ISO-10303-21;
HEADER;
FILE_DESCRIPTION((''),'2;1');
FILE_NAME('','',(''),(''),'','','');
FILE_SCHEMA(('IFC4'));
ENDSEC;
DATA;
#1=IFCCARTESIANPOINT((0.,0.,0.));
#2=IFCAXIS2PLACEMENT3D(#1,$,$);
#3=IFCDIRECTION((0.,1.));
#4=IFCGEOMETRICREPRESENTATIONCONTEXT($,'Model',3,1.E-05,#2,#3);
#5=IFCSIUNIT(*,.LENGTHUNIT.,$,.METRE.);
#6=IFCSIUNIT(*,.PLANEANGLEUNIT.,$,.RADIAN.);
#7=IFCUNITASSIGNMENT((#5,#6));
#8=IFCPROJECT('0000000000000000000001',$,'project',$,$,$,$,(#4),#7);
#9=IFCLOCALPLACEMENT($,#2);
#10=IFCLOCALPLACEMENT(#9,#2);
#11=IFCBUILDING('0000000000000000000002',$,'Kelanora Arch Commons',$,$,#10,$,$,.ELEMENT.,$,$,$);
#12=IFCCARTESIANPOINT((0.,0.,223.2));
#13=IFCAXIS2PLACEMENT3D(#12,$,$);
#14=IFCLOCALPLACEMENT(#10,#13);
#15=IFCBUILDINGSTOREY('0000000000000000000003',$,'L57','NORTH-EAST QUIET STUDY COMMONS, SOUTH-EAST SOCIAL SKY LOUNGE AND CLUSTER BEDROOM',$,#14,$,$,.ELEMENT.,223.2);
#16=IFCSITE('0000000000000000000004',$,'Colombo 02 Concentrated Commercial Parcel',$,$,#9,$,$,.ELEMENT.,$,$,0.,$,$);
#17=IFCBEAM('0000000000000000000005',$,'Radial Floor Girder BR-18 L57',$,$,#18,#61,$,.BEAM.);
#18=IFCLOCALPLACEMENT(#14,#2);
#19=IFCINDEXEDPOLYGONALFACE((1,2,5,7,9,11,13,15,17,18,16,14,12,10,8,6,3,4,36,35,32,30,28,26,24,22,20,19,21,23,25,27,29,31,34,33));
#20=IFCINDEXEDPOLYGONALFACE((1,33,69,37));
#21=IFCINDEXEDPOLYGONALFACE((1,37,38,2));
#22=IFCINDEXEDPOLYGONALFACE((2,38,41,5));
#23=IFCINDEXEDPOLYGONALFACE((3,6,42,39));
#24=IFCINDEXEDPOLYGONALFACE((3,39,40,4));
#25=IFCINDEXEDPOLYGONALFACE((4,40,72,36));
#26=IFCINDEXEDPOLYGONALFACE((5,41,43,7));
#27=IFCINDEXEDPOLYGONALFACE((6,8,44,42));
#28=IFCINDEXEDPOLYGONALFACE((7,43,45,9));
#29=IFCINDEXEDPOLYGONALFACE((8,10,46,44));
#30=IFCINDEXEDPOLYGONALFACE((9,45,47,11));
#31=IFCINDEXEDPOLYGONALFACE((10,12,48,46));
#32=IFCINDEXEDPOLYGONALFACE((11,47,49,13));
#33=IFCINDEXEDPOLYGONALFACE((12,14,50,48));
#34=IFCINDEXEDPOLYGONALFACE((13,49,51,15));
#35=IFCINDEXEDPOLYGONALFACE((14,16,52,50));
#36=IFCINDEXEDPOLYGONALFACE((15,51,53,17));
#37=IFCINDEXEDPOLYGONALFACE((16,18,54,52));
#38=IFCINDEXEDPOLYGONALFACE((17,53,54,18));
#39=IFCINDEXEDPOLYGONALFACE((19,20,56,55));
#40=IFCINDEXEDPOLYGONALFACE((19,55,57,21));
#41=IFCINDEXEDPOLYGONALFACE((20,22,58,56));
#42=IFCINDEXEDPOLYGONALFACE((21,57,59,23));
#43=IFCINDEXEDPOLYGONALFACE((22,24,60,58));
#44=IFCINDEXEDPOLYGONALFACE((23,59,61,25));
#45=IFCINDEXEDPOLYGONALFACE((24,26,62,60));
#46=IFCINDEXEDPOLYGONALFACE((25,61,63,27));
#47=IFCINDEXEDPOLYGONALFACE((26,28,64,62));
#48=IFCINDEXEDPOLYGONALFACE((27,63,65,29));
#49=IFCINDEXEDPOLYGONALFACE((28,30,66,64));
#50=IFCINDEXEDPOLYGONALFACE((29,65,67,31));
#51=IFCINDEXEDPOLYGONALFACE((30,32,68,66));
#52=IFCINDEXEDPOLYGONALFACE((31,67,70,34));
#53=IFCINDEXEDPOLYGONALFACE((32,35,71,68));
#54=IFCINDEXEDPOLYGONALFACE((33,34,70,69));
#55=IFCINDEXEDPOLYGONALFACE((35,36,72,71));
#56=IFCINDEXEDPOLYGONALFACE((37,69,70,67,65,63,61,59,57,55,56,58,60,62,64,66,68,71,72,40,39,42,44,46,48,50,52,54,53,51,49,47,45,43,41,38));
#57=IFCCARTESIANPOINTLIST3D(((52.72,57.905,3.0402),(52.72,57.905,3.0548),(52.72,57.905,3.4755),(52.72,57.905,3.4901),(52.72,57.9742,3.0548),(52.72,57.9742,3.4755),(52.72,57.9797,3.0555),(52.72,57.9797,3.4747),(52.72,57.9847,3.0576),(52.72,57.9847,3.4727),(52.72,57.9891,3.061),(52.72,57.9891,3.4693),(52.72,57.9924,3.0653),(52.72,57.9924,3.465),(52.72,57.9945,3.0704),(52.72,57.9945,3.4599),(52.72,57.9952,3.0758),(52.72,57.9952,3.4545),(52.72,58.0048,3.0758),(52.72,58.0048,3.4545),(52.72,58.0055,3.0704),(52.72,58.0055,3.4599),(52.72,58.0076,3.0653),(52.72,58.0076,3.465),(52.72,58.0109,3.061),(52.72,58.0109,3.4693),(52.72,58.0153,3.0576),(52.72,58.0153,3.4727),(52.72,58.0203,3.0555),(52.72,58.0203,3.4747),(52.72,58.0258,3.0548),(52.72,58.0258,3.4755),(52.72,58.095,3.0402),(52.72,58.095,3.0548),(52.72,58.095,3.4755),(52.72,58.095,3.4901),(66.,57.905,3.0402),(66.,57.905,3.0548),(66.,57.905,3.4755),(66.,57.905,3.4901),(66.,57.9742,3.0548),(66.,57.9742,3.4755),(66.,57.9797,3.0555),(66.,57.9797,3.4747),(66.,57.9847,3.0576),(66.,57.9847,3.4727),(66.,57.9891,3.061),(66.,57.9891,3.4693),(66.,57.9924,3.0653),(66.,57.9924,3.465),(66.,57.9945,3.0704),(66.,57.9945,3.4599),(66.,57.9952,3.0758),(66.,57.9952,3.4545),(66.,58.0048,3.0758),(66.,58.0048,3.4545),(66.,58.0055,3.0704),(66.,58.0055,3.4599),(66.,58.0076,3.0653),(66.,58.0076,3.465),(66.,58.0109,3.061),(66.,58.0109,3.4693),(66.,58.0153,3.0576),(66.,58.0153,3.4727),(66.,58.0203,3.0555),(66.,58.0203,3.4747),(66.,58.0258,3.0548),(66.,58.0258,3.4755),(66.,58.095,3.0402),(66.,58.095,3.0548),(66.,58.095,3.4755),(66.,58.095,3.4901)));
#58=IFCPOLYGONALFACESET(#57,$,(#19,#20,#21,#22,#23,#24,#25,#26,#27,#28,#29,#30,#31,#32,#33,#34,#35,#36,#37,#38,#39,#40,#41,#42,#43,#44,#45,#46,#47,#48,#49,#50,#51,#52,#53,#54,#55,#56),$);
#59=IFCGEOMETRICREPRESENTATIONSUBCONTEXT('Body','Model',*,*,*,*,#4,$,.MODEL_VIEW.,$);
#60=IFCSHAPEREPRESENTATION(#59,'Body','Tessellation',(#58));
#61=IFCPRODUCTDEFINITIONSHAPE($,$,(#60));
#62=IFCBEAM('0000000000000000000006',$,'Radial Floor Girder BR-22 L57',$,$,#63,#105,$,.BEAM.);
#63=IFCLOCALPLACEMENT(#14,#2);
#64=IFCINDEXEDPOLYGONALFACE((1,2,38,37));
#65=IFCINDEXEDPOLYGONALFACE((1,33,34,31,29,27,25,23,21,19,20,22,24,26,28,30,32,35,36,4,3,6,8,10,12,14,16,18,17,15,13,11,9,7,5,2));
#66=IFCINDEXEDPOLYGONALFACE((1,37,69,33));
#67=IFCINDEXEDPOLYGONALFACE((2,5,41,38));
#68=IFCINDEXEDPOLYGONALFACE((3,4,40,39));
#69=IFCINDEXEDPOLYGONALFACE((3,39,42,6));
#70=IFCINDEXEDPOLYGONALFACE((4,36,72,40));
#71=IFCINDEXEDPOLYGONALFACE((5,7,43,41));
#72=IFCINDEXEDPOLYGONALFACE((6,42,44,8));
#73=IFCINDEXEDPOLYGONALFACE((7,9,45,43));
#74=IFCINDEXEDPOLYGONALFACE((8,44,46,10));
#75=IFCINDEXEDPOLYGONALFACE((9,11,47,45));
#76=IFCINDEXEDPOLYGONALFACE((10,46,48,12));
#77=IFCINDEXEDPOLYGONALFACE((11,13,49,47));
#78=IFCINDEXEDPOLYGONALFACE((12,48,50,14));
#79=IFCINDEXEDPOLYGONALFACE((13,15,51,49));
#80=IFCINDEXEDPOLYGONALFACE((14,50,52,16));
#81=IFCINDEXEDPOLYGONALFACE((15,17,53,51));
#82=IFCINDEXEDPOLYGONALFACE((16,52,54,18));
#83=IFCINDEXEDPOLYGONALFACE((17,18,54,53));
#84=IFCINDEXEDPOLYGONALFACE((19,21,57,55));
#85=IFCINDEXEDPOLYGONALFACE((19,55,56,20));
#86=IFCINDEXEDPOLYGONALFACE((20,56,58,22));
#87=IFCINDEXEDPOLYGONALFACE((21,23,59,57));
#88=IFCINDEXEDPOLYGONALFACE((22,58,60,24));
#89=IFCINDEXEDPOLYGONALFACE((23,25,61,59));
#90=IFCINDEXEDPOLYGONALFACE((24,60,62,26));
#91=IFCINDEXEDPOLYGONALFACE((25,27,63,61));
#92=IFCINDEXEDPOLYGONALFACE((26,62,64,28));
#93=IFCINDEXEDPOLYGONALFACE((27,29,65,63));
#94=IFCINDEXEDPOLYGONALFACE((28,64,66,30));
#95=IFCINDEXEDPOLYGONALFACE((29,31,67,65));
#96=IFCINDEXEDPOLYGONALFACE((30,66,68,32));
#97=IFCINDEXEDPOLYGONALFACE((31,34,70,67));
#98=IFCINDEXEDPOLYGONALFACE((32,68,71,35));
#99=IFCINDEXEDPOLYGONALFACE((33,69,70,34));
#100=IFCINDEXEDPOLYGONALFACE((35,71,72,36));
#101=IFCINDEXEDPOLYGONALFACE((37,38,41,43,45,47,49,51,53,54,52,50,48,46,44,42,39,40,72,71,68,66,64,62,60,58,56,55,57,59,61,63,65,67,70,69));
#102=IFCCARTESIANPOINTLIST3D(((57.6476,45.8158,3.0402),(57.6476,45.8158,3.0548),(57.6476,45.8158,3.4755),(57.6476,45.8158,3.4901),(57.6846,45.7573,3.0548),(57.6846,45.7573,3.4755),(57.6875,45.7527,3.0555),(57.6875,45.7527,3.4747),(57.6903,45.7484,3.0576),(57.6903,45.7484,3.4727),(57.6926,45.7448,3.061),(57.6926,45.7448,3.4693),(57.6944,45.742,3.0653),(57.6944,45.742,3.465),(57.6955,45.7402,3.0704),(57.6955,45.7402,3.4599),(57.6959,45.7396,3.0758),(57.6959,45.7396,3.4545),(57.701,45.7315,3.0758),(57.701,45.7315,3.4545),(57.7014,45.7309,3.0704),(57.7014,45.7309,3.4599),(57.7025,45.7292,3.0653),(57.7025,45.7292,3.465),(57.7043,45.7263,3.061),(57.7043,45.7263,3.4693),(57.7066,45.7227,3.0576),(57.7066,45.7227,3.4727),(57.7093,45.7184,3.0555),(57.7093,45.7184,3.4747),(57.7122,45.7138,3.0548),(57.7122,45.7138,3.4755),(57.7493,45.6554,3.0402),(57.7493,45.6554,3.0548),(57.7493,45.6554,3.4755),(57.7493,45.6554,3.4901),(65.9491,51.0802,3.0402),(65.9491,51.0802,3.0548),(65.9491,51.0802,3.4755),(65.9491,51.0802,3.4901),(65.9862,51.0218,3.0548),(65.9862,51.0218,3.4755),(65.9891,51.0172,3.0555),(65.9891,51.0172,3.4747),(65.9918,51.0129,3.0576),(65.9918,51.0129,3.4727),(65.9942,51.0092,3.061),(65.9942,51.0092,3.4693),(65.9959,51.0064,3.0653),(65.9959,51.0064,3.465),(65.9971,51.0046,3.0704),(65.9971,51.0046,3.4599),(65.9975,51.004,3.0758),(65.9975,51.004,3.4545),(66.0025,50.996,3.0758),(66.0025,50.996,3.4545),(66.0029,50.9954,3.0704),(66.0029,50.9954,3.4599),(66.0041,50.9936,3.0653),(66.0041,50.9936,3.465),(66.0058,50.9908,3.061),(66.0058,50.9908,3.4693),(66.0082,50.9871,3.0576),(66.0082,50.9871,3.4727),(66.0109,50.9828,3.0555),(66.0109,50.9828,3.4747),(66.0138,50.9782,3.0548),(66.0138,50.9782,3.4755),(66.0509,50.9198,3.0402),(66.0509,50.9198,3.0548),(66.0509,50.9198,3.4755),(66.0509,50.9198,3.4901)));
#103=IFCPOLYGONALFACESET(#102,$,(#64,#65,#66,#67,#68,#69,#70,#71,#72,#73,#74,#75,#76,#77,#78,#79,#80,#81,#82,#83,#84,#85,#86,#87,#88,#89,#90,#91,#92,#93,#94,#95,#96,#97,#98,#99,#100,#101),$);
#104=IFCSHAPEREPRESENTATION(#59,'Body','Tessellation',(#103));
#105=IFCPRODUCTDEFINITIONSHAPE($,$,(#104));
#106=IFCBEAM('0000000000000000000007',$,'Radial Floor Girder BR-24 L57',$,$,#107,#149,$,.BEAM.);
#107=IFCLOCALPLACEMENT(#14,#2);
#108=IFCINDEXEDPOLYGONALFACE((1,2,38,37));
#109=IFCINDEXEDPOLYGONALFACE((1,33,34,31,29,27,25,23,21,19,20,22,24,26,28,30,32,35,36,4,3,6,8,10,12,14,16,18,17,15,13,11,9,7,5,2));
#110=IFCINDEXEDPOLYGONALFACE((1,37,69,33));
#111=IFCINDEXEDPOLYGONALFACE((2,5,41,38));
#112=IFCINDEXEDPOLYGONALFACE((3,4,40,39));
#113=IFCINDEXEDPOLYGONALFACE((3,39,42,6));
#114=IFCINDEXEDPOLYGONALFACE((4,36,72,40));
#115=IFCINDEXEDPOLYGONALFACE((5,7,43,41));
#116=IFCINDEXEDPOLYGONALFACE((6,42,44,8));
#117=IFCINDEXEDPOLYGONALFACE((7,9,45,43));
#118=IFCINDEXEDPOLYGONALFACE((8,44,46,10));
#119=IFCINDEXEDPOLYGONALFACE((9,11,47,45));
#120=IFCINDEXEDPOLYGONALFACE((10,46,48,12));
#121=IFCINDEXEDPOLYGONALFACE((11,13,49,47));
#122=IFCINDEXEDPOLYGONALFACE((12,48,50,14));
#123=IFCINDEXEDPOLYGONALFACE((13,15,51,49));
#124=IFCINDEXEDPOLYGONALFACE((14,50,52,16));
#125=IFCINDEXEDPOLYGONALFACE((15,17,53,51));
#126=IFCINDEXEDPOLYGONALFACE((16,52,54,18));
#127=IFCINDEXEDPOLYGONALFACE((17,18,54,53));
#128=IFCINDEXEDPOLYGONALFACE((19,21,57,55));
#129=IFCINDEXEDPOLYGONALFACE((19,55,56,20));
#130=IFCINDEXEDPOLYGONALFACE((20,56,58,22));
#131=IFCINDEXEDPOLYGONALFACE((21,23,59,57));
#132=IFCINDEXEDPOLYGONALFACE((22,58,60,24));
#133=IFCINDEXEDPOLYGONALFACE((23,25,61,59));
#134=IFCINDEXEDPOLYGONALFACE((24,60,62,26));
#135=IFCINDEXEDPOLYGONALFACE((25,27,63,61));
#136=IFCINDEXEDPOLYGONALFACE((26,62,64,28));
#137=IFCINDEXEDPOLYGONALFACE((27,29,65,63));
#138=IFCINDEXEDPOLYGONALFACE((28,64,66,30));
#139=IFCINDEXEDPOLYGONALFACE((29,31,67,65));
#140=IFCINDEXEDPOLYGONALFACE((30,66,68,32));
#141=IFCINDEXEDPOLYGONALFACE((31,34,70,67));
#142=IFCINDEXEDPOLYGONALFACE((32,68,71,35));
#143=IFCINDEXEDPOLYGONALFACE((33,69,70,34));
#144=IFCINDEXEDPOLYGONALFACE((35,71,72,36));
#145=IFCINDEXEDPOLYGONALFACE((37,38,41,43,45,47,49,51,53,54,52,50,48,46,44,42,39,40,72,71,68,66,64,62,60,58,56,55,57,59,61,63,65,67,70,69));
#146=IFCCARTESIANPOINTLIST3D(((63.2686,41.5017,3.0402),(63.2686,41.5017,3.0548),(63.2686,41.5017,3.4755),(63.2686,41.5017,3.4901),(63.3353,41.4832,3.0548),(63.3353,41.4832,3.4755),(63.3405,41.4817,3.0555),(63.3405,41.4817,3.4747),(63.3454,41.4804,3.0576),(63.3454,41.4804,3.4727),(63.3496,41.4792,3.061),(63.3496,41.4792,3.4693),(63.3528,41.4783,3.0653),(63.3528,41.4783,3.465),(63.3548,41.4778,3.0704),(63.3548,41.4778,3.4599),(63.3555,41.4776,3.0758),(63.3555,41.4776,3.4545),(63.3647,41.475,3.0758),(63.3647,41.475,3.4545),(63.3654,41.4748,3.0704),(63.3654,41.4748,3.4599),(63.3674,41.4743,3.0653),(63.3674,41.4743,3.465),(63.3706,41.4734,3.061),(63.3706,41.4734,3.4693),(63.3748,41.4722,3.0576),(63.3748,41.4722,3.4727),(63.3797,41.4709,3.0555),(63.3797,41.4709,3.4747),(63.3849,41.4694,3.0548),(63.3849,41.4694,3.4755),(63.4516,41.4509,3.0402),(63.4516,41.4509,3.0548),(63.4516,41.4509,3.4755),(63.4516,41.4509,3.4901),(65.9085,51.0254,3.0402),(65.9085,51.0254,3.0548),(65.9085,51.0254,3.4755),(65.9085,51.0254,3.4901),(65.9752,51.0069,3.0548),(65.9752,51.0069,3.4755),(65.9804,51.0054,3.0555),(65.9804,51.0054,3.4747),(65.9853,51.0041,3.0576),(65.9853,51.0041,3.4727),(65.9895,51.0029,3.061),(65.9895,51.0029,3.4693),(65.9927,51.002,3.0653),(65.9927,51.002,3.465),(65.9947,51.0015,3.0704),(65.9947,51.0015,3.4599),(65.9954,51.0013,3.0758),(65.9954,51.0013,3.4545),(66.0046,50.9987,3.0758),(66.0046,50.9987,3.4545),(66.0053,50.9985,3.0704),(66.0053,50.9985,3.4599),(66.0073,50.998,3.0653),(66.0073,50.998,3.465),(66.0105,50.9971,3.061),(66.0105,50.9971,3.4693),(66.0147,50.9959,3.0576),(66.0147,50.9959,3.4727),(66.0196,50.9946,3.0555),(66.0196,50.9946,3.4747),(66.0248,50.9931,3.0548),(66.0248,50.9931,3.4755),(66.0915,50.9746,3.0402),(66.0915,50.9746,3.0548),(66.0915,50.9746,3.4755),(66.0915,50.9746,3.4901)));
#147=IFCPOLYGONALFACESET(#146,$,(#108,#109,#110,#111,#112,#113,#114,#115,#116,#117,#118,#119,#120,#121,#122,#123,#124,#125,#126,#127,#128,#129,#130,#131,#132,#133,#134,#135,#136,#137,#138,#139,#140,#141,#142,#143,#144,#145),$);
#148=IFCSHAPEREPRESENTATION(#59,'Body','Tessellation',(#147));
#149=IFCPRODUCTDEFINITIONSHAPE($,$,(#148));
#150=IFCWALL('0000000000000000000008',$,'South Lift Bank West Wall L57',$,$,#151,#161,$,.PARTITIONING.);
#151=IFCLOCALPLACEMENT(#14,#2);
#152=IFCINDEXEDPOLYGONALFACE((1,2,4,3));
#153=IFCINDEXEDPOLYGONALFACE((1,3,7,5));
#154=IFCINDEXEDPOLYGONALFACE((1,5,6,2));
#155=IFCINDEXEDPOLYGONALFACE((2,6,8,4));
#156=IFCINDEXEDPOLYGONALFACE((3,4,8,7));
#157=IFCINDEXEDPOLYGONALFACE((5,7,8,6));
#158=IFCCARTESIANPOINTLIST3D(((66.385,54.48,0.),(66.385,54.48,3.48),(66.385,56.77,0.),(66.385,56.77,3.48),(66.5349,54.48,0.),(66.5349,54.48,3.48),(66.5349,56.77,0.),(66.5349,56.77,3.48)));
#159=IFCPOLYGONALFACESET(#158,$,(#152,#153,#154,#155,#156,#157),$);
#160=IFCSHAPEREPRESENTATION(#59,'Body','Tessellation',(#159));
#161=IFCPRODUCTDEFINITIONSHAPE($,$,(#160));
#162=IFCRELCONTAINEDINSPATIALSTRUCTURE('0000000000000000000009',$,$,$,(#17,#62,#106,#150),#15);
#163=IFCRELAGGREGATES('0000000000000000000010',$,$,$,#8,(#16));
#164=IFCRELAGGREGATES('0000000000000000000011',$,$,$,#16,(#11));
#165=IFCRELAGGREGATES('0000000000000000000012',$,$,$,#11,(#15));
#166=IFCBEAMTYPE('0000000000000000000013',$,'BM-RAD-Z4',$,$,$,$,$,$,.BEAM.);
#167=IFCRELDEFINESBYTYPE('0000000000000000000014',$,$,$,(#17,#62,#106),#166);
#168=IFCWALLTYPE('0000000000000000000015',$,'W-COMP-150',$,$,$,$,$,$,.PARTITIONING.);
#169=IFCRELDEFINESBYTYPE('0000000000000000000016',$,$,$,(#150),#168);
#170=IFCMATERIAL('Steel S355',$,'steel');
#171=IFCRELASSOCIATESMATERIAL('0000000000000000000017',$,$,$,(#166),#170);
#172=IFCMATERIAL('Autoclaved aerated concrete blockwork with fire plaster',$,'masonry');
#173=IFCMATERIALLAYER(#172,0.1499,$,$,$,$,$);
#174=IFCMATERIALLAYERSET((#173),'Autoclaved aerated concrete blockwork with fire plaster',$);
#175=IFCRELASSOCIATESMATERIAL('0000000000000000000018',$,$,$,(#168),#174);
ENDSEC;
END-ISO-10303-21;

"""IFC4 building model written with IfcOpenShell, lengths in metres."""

from ifc_helpers import new_model, si_unit, direction, frame, frame_2d, origin, origin_2d, place, context, subcontext, project, spatial, rectangle, i_section, extrude, material, layer, layer_set, material_profile, profile_set, type_object, element, save


model = new_model("IFC4")

# Units and contexts
model_context = context("Model", 3, precision=1e-05, world=origin(), true_north=direction((0.0, 1.0)))
body_context = subcontext(model_context, "Body", "Model", "MODEL_VIEW")
ifc_project = project(units=[si_unit("LENGTHUNIT", "METRE"), si_unit("PLANEANGLEUNIT", "RADIAN")], contexts=[model_context])

# Site, building, storey
site_placement = place(None, origin())
site = spatial("IfcSite", under=ifc_project, at=site_placement, Name="Colombo 02 Concentrated Commercial Parcel", CompositionType="ELEMENT", RefElevation=0.0)
building_placement = place(site_placement, origin())
building = spatial("IfcBuilding", under=site, at=building_placement, Name="Kelanora Arch Commons", CompositionType="ELEMENT")
storey_placement = place(building_placement, frame((0.0, 0.0, 223.2)))
storey = spatial("IfcBuildingStorey", under=building, at=storey_placement, Name="L57", Description="NORTH-EAST QUIET STUDY COMMONS, SOUTH-EAST SOCIAL SKY LOUNGE AND CLUSTER BEDROOM", CompositionType="ELEMENT", Elevation=223.2)

# Beams
ifc_material_1 = material(Name="Steel S355", Category="steel")
ifc_material_profile_1 = material_profile(ifc_material_1, i_section(OverallWidth=0.1899, OverallDepth=0.45, WebThickness=0.0095, FlangeThickness=0.0146, FilletRadius=0.021, at=origin_2d()), Name="IPE450")
ifc_profile_set_1 = profile_set([ifc_material_profile_1], Name="Steel S355")
beam_type_1 = type_object("IfcBeamType", Name="BM-RAD-Z4", PredefinedType="BEAM", material=ifc_profile_set_1)
beam_1_placement = place(storey_placement, frame((66.0, 58.0, 3.2651), z_axis=(-1.0, 0.0, 0.0), x_axis=(0.0, -1.0, 0.0)))
element("IfcBeam", 1, at=beam_1_placement, inside=storey, type_object=beam_type_1, Name="Radial Floor Girder BR-18 L57", PredefinedType="BEAM", context=body_context, shape_type="SweptSolid", body=[
    extrude(i_section(OverallWidth=0.1899, OverallDepth=0.45, WebThickness=0.0095, FlangeThickness=0.0146, FilletRadius=0.021, at=origin_2d()), origin(), (0.0, 0.0, 1.0), 13.28),
])
beam_2_placement = place(storey_placement, frame((66.0, 51.0, 3.2651), z_axis=(-0.844507, -0.535544, 0.0), x_axis=(0.535544, -0.844507, 0.0)))
element("IfcBeam", 2, at=beam_2_placement, inside=storey, type_object=beam_type_1, Name="Radial Floor Girder BR-22 L57", PredefinedType="BEAM", context=body_context, shape_type="SweptSolid", body=[
    extrude(i_section(OverallWidth=0.1899, OverallDepth=0.45, WebThickness=0.0095, FlangeThickness=0.0146, FilletRadius=0.021, at=origin_2d()), origin(), (0.0, 0.0, 1.0), 9.8301),
])
beam_3_placement = place(storey_placement, frame((66.0, 51.0, 3.2651), z_axis=(-0.26712, -0.963663, 0.0), x_axis=(0.963663, -0.26712, 0.0)))
element("IfcBeam", 3, at=beam_3_placement, inside=storey, type_object=beam_type_1, Name="Radial Floor Girder BR-24 L57", PredefinedType="BEAM", context=body_context, shape_type="SweptSolid", body=[
    extrude(i_section(OverallWidth=0.1899, OverallDepth=0.45, WebThickness=0.0095, FlangeThickness=0.0146, FilletRadius=0.021, at=origin_2d()), origin(), (0.0, 0.0, 1.0), 9.8828),
])

# Wall
ifc_material_2 = material(Name="Autoclaved aerated concrete blockwork with fire plaster", Category="masonry")
ifc_layer_1 = layer(ifc_material_2, 0.1499)
ifc_layer_set_1 = layer_set([ifc_layer_1], Name="Autoclaved aerated concrete blockwork with fire plaster")
wall_type_1 = type_object("IfcWallType", Name="W-COMP-150", PredefinedType="PARTITIONING", material=ifc_layer_set_1)
wall_1_placement = place(storey_placement, frame((66.46, 54.48, 0.0), z_axis=(0.0, 0.0, 1.0), x_axis=(0.0, 1.0, 0.0)))
element("IfcWall", 4, at=wall_1_placement, inside=storey, type_object=wall_type_1, Name="South Lift Bank West Wall L57", PredefinedType="PARTITIONING", context=body_context, shape_type="SweptSolid", body=[
    extrude(rectangle(XDim=2.29, YDim=0.1499, at=frame_2d((1.145, 0.0))), origin(), (0.0, 0.0, 1.0), 3.48),
])

save(model, "model.ifc")
